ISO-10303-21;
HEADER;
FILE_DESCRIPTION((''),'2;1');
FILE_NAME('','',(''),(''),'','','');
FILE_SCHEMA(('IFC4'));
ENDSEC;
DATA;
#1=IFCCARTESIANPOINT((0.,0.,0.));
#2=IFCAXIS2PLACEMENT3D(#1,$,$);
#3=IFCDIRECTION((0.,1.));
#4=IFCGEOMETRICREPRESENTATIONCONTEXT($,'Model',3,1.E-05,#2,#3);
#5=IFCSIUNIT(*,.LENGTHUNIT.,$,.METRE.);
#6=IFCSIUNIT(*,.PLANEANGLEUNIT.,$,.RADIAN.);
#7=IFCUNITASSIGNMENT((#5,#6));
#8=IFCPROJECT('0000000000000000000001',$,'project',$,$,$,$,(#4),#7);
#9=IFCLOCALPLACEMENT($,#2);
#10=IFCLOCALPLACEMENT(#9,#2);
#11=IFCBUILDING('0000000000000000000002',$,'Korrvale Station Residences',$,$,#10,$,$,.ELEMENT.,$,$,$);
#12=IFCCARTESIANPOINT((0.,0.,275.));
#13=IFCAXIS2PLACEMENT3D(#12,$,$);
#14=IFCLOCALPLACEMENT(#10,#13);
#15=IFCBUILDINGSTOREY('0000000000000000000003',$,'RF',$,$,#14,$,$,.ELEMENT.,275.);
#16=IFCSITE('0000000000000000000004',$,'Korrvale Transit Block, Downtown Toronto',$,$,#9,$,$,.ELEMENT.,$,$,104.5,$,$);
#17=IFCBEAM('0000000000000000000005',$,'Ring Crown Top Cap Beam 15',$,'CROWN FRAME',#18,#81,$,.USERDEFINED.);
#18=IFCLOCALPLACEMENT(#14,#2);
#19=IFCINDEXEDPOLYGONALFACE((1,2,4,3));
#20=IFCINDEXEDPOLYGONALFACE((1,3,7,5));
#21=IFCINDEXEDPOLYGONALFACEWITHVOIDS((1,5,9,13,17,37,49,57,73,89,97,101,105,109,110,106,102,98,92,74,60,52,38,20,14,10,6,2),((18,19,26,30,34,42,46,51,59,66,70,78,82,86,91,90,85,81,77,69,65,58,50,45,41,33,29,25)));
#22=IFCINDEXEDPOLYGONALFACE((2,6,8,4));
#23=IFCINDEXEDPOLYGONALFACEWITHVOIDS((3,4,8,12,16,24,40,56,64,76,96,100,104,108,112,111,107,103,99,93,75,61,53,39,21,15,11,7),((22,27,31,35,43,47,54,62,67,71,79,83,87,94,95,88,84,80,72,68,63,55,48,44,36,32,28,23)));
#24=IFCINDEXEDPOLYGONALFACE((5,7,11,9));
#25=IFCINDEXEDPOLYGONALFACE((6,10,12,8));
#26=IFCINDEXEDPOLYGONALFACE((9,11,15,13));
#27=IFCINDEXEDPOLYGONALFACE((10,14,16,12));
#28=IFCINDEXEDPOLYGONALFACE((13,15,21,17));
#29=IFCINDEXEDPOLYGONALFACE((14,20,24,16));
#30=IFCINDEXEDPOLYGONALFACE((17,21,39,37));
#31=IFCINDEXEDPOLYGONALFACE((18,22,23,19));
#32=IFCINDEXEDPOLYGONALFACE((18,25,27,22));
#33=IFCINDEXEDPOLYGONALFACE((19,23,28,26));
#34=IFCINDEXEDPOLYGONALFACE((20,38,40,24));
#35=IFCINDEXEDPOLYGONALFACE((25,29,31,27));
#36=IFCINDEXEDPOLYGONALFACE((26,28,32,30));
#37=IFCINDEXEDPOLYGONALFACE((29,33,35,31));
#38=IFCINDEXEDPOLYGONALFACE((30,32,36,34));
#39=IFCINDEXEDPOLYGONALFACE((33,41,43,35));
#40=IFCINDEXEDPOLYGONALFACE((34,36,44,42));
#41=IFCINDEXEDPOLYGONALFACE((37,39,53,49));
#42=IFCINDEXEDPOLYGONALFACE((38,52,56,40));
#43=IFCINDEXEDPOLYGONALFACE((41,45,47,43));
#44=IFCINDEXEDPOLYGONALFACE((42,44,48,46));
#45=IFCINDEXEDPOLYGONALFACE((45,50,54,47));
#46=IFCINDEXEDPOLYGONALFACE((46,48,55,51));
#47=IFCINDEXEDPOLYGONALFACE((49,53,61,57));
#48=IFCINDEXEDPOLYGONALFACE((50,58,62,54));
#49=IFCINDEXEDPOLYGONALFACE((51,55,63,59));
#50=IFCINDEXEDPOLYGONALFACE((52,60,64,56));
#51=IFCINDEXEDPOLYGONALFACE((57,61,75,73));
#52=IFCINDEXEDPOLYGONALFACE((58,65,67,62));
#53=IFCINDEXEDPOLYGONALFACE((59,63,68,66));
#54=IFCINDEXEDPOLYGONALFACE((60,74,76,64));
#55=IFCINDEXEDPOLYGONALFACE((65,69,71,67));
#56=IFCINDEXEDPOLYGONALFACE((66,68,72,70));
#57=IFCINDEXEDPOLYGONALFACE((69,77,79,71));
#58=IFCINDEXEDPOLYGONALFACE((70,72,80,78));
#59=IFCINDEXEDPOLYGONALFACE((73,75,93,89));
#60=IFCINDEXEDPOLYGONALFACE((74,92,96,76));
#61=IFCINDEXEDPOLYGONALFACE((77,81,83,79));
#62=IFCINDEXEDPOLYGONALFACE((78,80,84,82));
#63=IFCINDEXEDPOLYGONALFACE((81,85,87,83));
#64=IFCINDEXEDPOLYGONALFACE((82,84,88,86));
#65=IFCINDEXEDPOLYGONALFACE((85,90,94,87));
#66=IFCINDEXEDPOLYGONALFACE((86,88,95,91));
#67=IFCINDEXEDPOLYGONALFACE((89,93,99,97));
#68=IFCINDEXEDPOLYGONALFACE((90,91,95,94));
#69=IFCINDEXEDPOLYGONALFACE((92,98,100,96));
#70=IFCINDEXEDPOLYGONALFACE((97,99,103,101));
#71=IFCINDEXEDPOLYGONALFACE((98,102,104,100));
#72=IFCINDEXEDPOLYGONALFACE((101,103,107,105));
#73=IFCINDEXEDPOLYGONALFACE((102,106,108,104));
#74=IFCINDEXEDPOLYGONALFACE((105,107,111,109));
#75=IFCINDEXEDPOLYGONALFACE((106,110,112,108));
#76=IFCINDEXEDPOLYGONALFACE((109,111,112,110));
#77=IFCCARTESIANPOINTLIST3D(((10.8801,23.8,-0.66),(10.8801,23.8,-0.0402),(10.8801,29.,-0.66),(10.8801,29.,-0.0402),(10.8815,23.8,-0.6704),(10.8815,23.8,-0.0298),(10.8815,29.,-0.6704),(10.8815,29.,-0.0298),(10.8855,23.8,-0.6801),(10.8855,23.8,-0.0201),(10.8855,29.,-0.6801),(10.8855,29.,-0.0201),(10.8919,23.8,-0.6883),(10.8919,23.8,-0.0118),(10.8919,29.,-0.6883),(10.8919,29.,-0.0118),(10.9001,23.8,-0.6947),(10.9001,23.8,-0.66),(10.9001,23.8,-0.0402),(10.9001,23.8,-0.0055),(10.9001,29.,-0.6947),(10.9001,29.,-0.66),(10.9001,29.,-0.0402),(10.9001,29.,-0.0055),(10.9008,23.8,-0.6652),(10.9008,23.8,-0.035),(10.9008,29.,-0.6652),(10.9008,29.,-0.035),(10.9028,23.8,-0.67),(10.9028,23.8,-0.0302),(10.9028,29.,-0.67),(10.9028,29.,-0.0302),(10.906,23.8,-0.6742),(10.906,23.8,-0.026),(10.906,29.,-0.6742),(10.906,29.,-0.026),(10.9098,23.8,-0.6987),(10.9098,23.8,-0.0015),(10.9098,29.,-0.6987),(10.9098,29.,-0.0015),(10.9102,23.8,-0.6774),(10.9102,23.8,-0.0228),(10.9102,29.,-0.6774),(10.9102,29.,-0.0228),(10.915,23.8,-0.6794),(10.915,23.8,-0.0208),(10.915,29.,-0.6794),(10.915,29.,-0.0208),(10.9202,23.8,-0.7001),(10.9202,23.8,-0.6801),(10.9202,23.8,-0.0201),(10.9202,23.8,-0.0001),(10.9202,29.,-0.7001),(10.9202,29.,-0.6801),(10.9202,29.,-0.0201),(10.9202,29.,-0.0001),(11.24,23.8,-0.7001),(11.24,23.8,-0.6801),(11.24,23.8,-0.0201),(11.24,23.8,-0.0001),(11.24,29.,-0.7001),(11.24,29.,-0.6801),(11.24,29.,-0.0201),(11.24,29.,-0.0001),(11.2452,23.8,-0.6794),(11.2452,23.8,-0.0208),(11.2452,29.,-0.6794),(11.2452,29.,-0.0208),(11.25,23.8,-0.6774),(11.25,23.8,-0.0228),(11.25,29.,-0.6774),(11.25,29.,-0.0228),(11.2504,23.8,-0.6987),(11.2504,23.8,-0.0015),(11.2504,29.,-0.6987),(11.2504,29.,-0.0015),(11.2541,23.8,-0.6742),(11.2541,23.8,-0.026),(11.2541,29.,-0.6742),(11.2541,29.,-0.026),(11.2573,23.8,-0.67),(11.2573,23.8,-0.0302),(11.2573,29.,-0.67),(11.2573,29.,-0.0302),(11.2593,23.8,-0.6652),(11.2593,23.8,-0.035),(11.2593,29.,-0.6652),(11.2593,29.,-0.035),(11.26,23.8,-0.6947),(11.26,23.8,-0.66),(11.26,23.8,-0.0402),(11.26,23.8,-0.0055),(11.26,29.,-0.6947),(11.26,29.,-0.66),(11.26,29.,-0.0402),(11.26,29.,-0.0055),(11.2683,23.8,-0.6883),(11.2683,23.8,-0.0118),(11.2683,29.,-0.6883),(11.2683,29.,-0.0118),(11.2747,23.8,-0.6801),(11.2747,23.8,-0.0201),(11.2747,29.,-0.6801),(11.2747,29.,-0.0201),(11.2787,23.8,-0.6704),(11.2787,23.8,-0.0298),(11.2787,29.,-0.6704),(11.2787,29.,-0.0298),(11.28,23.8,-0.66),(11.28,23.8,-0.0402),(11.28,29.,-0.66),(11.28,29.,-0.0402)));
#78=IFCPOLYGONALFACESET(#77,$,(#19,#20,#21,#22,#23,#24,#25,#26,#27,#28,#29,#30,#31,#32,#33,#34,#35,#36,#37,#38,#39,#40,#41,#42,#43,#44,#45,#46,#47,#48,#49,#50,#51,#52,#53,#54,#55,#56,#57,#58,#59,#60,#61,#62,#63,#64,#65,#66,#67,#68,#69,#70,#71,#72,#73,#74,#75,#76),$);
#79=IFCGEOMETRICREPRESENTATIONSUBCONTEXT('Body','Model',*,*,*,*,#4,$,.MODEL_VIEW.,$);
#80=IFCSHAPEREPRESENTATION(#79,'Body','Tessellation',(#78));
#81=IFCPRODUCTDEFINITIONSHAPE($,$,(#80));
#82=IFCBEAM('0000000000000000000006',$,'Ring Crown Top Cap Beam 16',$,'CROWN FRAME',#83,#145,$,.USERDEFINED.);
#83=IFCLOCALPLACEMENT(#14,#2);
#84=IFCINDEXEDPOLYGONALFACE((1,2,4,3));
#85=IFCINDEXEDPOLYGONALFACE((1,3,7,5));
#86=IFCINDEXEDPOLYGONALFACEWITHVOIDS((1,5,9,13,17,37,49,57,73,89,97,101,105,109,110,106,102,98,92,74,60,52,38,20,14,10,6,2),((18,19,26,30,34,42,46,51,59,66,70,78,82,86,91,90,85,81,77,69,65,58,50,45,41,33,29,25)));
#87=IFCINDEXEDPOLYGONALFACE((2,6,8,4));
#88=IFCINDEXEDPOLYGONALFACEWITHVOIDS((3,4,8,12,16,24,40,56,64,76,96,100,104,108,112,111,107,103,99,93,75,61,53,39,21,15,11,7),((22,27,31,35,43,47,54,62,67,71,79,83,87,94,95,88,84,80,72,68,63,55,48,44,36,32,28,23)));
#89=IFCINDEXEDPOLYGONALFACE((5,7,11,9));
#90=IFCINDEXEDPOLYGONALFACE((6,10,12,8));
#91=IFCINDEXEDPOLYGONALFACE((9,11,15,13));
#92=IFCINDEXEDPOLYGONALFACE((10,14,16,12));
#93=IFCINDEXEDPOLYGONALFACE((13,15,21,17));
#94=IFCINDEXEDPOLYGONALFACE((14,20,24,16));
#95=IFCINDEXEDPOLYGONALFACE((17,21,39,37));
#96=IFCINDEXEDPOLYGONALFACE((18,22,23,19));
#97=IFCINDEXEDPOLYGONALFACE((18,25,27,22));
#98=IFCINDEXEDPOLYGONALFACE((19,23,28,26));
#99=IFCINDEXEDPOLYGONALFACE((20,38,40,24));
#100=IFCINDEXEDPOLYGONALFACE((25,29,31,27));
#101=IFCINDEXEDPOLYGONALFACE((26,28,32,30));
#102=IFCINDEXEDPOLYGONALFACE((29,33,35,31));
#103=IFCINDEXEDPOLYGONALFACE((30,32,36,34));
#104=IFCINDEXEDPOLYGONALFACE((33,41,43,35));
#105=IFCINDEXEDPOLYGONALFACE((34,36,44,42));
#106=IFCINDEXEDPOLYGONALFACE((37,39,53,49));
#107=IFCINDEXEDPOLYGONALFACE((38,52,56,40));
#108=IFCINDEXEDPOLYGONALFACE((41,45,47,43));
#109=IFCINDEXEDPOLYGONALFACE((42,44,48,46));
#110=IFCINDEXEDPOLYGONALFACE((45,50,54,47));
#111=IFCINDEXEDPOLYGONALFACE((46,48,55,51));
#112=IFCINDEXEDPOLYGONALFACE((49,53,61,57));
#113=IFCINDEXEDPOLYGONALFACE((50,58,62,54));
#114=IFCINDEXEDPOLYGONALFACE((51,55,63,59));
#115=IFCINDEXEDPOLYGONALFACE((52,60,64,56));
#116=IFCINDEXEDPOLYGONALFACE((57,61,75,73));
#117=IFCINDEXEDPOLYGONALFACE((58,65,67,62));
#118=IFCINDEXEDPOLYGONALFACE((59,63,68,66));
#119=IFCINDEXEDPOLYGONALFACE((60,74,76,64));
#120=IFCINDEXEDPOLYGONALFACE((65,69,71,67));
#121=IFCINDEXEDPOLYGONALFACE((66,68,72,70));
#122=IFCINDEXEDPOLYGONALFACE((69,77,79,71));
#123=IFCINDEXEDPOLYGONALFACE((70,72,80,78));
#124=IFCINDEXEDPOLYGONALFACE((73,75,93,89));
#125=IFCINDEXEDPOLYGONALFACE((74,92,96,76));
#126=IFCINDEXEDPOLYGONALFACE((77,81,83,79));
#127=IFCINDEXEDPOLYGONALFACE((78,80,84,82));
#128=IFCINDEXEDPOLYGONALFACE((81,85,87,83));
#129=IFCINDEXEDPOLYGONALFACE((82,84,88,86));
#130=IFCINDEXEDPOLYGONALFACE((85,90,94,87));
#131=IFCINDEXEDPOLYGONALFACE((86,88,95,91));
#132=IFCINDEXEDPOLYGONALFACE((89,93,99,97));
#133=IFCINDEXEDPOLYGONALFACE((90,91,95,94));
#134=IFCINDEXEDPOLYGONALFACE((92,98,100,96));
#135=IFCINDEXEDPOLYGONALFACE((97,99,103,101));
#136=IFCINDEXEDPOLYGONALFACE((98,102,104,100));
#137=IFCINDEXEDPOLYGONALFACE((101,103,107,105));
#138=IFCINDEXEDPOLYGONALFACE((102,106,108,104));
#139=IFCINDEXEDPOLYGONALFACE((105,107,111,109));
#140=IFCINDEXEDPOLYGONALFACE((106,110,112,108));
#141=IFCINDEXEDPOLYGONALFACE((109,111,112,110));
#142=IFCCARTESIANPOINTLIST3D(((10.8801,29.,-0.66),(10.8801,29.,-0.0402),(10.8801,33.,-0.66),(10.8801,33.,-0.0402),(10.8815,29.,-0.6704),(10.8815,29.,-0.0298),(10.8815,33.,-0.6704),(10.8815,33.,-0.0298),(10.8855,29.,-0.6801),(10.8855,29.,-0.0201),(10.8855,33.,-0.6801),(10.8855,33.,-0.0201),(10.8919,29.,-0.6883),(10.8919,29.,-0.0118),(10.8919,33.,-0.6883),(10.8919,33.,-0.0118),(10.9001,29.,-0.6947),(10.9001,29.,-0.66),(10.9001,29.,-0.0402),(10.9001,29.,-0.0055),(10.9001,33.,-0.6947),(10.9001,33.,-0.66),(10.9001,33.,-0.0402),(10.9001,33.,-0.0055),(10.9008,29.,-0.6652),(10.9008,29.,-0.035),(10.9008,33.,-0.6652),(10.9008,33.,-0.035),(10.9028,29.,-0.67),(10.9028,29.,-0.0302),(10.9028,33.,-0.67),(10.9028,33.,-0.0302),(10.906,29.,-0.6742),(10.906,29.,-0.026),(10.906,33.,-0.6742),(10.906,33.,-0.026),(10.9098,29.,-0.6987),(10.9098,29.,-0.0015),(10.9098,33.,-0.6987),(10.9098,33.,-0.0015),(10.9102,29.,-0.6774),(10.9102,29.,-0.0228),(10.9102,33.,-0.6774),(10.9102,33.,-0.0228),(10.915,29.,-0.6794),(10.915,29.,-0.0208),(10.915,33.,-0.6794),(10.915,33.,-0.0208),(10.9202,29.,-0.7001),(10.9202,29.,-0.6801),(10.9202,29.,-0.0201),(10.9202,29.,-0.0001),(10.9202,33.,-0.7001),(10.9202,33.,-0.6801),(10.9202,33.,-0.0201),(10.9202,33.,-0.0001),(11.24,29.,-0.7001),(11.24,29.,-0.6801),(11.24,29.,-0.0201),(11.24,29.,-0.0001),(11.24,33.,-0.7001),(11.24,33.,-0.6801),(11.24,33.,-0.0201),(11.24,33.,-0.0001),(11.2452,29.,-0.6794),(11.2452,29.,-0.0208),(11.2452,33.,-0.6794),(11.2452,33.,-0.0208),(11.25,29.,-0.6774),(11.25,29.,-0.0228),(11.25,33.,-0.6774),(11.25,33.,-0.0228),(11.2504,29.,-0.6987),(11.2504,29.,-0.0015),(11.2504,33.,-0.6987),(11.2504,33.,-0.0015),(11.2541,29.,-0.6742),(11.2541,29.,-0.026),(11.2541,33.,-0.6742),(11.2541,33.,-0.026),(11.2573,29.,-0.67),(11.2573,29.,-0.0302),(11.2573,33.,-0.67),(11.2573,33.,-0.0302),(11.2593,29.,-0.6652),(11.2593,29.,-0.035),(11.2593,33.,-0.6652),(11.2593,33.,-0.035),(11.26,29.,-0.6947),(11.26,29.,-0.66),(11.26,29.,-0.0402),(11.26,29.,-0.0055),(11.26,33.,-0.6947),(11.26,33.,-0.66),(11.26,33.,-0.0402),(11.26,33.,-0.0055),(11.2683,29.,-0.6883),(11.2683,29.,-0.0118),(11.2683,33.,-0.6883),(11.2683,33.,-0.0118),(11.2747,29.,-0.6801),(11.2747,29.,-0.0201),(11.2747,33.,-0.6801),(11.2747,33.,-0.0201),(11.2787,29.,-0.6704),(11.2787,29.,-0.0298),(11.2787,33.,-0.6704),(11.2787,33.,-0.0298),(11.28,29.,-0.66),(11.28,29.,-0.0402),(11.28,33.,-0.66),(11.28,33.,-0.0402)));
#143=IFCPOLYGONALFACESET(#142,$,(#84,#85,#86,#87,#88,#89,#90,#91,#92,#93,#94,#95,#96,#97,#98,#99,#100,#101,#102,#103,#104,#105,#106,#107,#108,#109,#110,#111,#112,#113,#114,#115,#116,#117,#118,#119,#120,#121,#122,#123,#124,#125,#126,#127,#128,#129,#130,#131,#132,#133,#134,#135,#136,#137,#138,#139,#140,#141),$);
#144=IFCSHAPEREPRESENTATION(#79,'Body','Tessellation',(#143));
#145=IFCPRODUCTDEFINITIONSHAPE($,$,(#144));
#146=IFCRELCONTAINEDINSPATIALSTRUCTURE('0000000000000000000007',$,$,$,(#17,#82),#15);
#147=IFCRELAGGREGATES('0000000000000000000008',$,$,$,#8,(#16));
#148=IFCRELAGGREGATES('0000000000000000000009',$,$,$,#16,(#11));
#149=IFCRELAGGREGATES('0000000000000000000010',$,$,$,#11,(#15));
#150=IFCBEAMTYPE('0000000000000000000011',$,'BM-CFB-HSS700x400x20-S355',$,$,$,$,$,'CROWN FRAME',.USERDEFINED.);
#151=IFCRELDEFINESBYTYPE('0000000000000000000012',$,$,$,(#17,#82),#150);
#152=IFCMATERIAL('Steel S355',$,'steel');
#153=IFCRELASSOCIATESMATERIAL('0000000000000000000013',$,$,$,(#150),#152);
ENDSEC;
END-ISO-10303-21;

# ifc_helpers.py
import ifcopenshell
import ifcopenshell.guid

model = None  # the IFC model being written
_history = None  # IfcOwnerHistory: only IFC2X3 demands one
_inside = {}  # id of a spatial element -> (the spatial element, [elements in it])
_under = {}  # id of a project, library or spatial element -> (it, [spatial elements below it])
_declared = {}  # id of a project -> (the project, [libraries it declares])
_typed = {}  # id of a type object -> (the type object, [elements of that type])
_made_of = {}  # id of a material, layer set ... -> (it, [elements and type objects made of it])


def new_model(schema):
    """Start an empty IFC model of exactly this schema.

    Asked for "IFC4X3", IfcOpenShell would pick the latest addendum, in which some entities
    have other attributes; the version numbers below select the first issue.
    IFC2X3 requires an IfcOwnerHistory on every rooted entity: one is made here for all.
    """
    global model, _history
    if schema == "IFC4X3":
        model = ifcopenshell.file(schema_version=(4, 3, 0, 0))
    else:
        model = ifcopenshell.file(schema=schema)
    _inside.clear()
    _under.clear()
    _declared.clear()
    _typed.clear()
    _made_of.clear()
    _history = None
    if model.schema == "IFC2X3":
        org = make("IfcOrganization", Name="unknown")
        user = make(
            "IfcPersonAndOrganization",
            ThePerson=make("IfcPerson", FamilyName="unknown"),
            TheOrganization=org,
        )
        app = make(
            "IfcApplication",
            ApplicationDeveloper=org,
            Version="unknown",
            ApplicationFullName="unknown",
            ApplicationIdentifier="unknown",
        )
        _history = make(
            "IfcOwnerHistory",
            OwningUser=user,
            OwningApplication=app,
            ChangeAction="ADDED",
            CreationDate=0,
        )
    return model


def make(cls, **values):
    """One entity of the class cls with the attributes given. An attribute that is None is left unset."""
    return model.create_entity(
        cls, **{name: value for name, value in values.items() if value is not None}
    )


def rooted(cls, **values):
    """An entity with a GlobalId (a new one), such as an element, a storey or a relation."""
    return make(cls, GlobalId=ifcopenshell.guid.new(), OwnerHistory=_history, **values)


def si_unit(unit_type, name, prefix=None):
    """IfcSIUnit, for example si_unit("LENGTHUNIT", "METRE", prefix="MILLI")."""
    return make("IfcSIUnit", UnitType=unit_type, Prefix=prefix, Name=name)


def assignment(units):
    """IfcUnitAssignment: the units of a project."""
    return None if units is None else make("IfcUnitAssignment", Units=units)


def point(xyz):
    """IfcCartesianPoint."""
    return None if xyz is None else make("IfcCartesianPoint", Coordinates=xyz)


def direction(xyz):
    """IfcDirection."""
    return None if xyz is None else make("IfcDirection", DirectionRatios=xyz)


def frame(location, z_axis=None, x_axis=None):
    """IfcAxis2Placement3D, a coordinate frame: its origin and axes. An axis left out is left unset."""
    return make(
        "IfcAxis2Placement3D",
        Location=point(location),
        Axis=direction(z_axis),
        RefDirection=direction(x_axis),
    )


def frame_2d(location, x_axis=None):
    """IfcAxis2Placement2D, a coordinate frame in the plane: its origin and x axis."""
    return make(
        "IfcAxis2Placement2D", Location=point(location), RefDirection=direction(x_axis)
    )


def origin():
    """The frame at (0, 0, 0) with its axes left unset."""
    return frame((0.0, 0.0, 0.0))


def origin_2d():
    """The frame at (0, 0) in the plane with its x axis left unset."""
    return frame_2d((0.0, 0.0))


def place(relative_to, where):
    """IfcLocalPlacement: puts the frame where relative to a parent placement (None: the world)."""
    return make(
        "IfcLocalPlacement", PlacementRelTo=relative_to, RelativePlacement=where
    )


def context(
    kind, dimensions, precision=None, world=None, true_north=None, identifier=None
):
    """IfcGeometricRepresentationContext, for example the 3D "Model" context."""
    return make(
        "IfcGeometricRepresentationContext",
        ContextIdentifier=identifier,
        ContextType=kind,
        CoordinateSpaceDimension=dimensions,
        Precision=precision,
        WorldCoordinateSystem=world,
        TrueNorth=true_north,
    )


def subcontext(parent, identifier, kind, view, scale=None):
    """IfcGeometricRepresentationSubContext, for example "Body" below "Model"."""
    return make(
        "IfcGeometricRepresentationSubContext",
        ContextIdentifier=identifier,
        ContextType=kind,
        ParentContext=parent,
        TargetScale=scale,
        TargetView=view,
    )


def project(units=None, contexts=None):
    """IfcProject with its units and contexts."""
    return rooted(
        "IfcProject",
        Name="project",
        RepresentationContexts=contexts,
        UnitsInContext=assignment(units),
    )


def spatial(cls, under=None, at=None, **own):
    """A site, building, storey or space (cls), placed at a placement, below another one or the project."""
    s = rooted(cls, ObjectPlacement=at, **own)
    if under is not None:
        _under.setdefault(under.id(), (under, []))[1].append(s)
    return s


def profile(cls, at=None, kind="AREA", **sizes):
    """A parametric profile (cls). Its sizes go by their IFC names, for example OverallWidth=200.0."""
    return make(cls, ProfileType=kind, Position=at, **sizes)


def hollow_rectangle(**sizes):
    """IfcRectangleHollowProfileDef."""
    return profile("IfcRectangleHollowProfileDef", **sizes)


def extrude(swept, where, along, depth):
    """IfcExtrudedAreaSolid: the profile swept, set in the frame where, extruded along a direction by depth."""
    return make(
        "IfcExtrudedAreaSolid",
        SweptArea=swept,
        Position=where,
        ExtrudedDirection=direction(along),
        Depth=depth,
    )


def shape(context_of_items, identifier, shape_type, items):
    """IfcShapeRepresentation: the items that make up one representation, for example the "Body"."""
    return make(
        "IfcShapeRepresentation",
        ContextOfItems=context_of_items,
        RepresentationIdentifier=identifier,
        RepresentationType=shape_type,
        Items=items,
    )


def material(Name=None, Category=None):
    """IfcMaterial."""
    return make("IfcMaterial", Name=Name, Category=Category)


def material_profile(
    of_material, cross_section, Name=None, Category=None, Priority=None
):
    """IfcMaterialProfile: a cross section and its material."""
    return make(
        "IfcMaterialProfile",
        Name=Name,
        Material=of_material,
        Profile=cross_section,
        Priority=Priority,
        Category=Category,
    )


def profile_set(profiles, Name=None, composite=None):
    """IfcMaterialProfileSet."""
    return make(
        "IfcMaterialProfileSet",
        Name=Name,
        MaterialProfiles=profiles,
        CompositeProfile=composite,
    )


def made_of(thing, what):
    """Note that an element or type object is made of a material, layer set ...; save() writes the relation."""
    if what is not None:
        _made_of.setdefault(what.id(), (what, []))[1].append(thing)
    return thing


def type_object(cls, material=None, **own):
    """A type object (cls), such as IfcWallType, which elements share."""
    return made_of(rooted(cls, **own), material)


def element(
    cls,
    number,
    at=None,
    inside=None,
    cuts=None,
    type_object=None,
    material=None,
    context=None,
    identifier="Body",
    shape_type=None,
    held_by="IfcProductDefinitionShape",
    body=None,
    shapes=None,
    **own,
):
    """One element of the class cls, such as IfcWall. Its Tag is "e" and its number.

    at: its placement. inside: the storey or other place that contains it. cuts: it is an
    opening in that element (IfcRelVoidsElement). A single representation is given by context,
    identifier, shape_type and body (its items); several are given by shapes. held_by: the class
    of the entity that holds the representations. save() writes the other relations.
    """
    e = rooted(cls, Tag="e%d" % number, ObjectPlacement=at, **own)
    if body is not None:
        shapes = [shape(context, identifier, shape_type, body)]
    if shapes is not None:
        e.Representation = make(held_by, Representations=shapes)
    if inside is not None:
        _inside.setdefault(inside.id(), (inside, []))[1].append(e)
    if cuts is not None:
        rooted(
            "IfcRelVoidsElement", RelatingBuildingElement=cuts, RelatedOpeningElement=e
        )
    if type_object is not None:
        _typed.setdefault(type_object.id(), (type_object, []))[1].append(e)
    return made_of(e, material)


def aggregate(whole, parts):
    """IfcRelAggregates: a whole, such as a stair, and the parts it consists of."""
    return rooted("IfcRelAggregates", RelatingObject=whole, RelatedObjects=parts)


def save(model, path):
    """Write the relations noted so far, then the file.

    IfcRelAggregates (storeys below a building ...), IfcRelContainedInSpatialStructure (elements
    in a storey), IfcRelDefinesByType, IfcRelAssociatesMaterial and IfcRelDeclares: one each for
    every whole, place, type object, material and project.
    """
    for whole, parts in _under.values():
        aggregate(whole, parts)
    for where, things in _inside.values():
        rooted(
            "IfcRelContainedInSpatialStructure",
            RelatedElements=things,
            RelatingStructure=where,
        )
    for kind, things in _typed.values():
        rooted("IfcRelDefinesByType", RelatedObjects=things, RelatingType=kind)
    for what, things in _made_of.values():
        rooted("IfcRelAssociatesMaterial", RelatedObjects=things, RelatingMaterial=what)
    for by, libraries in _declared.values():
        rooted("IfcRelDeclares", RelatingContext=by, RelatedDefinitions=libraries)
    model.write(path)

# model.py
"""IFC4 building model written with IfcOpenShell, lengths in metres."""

from ifc_helpers import new_model, si_unit, direction, frame, origin, origin_2d, place, context, subcontext, project, spatial, hollow_rectangle, extrude, material, material_profile, profile_set, type_object, element, save


model = new_model("IFC4")

# Units and contexts
model_context = context("Model", 3, precision=1e-05, world=origin(), true_north=direction((0.0, 1.0)))
body_context = subcontext(model_context, "Body", "Model", "MODEL_VIEW")
ifc_project = project(units=[si_unit("LENGTHUNIT", "METRE"), si_unit("PLANEANGLEUNIT", "RADIAN")], contexts=[model_context])

# Site, building, storey
site_placement = place(None, origin())
site = spatial("IfcSite", under=ifc_project, at=site_placement, Name="Korrvale Transit Block, Downtown Toronto", CompositionType="ELEMENT", RefElevation=104.5)
building_placement = place(site_placement, origin())
building = spatial("IfcBuilding", under=site, at=building_placement, Name="Korrvale Station Residences", CompositionType="ELEMENT")
storey_placement = place(building_placement, frame((0.0, 0.0, 275.0)))
storey = spatial("IfcBuildingStorey", under=building, at=storey_placement, Name="RF", CompositionType="ELEMENT", Elevation=275.0)

# Beams
ifc_material_1 = material(Name="Steel S355", Category="steel")
ifc_material_profile = material_profile(ifc_material_1, hollow_rectangle(XDim=0.3999, YDim=0.7, WallThickness=0.02, InnerFilletRadius=0.02, OuterFilletRadius=0.04, at=origin_2d()), Name="HSS700x400x20")
ifc_profile_set = profile_set([ifc_material_profile], Name="Steel S355")
beam_type = type_object("IfcBeamType", Name="BM-CFB-HSS700x400x20-S355", ElementType="CROWN FRAME", PredefinedType="USERDEFINED", material=ifc_profile_set)
beam_1_placement = place(storey_placement, frame((11.0801, 23.8, -0.3501), z_axis=(0.0, 1.0, 0.0), x_axis=(-1.0, 0.0, 0.0)))
element("IfcBeam", 1, at=beam_1_placement, inside=storey, type_object=beam_type, Name="Ring Crown Top Cap Beam 15", ObjectType="CROWN FRAME", PredefinedType="USERDEFINED", context=body_context, shape_type="SweptSolid", body=[
    extrude(hollow_rectangle(XDim=0.3999, YDim=0.7, WallThickness=0.02, InnerFilletRadius=0.02, OuterFilletRadius=0.04, at=origin_2d()), origin(), (0.0, 0.0, 1.0), 5.2),
])
beam_2_placement = place(storey_placement, frame((11.0801, 29.0, -0.3501), z_axis=(0.0, 1.0, 0.0), x_axis=(-1.0, 0.0, 0.0)))
element("IfcBeam", 2, at=beam_2_placement, inside=storey, type_object=beam_type, Name="Ring Crown Top Cap Beam 16", ObjectType="CROWN FRAME", PredefinedType="USERDEFINED", context=body_context, shape_type="SweptSolid", body=[
    extrude(hollow_rectangle(XDim=0.3999, YDim=0.7, WallThickness=0.02, InnerFilletRadius=0.02, OuterFilletRadius=0.04, at=origin_2d()), origin(), (0.0, 0.0, 1.0), 4.0),
])

save(model, "model.ifc")
